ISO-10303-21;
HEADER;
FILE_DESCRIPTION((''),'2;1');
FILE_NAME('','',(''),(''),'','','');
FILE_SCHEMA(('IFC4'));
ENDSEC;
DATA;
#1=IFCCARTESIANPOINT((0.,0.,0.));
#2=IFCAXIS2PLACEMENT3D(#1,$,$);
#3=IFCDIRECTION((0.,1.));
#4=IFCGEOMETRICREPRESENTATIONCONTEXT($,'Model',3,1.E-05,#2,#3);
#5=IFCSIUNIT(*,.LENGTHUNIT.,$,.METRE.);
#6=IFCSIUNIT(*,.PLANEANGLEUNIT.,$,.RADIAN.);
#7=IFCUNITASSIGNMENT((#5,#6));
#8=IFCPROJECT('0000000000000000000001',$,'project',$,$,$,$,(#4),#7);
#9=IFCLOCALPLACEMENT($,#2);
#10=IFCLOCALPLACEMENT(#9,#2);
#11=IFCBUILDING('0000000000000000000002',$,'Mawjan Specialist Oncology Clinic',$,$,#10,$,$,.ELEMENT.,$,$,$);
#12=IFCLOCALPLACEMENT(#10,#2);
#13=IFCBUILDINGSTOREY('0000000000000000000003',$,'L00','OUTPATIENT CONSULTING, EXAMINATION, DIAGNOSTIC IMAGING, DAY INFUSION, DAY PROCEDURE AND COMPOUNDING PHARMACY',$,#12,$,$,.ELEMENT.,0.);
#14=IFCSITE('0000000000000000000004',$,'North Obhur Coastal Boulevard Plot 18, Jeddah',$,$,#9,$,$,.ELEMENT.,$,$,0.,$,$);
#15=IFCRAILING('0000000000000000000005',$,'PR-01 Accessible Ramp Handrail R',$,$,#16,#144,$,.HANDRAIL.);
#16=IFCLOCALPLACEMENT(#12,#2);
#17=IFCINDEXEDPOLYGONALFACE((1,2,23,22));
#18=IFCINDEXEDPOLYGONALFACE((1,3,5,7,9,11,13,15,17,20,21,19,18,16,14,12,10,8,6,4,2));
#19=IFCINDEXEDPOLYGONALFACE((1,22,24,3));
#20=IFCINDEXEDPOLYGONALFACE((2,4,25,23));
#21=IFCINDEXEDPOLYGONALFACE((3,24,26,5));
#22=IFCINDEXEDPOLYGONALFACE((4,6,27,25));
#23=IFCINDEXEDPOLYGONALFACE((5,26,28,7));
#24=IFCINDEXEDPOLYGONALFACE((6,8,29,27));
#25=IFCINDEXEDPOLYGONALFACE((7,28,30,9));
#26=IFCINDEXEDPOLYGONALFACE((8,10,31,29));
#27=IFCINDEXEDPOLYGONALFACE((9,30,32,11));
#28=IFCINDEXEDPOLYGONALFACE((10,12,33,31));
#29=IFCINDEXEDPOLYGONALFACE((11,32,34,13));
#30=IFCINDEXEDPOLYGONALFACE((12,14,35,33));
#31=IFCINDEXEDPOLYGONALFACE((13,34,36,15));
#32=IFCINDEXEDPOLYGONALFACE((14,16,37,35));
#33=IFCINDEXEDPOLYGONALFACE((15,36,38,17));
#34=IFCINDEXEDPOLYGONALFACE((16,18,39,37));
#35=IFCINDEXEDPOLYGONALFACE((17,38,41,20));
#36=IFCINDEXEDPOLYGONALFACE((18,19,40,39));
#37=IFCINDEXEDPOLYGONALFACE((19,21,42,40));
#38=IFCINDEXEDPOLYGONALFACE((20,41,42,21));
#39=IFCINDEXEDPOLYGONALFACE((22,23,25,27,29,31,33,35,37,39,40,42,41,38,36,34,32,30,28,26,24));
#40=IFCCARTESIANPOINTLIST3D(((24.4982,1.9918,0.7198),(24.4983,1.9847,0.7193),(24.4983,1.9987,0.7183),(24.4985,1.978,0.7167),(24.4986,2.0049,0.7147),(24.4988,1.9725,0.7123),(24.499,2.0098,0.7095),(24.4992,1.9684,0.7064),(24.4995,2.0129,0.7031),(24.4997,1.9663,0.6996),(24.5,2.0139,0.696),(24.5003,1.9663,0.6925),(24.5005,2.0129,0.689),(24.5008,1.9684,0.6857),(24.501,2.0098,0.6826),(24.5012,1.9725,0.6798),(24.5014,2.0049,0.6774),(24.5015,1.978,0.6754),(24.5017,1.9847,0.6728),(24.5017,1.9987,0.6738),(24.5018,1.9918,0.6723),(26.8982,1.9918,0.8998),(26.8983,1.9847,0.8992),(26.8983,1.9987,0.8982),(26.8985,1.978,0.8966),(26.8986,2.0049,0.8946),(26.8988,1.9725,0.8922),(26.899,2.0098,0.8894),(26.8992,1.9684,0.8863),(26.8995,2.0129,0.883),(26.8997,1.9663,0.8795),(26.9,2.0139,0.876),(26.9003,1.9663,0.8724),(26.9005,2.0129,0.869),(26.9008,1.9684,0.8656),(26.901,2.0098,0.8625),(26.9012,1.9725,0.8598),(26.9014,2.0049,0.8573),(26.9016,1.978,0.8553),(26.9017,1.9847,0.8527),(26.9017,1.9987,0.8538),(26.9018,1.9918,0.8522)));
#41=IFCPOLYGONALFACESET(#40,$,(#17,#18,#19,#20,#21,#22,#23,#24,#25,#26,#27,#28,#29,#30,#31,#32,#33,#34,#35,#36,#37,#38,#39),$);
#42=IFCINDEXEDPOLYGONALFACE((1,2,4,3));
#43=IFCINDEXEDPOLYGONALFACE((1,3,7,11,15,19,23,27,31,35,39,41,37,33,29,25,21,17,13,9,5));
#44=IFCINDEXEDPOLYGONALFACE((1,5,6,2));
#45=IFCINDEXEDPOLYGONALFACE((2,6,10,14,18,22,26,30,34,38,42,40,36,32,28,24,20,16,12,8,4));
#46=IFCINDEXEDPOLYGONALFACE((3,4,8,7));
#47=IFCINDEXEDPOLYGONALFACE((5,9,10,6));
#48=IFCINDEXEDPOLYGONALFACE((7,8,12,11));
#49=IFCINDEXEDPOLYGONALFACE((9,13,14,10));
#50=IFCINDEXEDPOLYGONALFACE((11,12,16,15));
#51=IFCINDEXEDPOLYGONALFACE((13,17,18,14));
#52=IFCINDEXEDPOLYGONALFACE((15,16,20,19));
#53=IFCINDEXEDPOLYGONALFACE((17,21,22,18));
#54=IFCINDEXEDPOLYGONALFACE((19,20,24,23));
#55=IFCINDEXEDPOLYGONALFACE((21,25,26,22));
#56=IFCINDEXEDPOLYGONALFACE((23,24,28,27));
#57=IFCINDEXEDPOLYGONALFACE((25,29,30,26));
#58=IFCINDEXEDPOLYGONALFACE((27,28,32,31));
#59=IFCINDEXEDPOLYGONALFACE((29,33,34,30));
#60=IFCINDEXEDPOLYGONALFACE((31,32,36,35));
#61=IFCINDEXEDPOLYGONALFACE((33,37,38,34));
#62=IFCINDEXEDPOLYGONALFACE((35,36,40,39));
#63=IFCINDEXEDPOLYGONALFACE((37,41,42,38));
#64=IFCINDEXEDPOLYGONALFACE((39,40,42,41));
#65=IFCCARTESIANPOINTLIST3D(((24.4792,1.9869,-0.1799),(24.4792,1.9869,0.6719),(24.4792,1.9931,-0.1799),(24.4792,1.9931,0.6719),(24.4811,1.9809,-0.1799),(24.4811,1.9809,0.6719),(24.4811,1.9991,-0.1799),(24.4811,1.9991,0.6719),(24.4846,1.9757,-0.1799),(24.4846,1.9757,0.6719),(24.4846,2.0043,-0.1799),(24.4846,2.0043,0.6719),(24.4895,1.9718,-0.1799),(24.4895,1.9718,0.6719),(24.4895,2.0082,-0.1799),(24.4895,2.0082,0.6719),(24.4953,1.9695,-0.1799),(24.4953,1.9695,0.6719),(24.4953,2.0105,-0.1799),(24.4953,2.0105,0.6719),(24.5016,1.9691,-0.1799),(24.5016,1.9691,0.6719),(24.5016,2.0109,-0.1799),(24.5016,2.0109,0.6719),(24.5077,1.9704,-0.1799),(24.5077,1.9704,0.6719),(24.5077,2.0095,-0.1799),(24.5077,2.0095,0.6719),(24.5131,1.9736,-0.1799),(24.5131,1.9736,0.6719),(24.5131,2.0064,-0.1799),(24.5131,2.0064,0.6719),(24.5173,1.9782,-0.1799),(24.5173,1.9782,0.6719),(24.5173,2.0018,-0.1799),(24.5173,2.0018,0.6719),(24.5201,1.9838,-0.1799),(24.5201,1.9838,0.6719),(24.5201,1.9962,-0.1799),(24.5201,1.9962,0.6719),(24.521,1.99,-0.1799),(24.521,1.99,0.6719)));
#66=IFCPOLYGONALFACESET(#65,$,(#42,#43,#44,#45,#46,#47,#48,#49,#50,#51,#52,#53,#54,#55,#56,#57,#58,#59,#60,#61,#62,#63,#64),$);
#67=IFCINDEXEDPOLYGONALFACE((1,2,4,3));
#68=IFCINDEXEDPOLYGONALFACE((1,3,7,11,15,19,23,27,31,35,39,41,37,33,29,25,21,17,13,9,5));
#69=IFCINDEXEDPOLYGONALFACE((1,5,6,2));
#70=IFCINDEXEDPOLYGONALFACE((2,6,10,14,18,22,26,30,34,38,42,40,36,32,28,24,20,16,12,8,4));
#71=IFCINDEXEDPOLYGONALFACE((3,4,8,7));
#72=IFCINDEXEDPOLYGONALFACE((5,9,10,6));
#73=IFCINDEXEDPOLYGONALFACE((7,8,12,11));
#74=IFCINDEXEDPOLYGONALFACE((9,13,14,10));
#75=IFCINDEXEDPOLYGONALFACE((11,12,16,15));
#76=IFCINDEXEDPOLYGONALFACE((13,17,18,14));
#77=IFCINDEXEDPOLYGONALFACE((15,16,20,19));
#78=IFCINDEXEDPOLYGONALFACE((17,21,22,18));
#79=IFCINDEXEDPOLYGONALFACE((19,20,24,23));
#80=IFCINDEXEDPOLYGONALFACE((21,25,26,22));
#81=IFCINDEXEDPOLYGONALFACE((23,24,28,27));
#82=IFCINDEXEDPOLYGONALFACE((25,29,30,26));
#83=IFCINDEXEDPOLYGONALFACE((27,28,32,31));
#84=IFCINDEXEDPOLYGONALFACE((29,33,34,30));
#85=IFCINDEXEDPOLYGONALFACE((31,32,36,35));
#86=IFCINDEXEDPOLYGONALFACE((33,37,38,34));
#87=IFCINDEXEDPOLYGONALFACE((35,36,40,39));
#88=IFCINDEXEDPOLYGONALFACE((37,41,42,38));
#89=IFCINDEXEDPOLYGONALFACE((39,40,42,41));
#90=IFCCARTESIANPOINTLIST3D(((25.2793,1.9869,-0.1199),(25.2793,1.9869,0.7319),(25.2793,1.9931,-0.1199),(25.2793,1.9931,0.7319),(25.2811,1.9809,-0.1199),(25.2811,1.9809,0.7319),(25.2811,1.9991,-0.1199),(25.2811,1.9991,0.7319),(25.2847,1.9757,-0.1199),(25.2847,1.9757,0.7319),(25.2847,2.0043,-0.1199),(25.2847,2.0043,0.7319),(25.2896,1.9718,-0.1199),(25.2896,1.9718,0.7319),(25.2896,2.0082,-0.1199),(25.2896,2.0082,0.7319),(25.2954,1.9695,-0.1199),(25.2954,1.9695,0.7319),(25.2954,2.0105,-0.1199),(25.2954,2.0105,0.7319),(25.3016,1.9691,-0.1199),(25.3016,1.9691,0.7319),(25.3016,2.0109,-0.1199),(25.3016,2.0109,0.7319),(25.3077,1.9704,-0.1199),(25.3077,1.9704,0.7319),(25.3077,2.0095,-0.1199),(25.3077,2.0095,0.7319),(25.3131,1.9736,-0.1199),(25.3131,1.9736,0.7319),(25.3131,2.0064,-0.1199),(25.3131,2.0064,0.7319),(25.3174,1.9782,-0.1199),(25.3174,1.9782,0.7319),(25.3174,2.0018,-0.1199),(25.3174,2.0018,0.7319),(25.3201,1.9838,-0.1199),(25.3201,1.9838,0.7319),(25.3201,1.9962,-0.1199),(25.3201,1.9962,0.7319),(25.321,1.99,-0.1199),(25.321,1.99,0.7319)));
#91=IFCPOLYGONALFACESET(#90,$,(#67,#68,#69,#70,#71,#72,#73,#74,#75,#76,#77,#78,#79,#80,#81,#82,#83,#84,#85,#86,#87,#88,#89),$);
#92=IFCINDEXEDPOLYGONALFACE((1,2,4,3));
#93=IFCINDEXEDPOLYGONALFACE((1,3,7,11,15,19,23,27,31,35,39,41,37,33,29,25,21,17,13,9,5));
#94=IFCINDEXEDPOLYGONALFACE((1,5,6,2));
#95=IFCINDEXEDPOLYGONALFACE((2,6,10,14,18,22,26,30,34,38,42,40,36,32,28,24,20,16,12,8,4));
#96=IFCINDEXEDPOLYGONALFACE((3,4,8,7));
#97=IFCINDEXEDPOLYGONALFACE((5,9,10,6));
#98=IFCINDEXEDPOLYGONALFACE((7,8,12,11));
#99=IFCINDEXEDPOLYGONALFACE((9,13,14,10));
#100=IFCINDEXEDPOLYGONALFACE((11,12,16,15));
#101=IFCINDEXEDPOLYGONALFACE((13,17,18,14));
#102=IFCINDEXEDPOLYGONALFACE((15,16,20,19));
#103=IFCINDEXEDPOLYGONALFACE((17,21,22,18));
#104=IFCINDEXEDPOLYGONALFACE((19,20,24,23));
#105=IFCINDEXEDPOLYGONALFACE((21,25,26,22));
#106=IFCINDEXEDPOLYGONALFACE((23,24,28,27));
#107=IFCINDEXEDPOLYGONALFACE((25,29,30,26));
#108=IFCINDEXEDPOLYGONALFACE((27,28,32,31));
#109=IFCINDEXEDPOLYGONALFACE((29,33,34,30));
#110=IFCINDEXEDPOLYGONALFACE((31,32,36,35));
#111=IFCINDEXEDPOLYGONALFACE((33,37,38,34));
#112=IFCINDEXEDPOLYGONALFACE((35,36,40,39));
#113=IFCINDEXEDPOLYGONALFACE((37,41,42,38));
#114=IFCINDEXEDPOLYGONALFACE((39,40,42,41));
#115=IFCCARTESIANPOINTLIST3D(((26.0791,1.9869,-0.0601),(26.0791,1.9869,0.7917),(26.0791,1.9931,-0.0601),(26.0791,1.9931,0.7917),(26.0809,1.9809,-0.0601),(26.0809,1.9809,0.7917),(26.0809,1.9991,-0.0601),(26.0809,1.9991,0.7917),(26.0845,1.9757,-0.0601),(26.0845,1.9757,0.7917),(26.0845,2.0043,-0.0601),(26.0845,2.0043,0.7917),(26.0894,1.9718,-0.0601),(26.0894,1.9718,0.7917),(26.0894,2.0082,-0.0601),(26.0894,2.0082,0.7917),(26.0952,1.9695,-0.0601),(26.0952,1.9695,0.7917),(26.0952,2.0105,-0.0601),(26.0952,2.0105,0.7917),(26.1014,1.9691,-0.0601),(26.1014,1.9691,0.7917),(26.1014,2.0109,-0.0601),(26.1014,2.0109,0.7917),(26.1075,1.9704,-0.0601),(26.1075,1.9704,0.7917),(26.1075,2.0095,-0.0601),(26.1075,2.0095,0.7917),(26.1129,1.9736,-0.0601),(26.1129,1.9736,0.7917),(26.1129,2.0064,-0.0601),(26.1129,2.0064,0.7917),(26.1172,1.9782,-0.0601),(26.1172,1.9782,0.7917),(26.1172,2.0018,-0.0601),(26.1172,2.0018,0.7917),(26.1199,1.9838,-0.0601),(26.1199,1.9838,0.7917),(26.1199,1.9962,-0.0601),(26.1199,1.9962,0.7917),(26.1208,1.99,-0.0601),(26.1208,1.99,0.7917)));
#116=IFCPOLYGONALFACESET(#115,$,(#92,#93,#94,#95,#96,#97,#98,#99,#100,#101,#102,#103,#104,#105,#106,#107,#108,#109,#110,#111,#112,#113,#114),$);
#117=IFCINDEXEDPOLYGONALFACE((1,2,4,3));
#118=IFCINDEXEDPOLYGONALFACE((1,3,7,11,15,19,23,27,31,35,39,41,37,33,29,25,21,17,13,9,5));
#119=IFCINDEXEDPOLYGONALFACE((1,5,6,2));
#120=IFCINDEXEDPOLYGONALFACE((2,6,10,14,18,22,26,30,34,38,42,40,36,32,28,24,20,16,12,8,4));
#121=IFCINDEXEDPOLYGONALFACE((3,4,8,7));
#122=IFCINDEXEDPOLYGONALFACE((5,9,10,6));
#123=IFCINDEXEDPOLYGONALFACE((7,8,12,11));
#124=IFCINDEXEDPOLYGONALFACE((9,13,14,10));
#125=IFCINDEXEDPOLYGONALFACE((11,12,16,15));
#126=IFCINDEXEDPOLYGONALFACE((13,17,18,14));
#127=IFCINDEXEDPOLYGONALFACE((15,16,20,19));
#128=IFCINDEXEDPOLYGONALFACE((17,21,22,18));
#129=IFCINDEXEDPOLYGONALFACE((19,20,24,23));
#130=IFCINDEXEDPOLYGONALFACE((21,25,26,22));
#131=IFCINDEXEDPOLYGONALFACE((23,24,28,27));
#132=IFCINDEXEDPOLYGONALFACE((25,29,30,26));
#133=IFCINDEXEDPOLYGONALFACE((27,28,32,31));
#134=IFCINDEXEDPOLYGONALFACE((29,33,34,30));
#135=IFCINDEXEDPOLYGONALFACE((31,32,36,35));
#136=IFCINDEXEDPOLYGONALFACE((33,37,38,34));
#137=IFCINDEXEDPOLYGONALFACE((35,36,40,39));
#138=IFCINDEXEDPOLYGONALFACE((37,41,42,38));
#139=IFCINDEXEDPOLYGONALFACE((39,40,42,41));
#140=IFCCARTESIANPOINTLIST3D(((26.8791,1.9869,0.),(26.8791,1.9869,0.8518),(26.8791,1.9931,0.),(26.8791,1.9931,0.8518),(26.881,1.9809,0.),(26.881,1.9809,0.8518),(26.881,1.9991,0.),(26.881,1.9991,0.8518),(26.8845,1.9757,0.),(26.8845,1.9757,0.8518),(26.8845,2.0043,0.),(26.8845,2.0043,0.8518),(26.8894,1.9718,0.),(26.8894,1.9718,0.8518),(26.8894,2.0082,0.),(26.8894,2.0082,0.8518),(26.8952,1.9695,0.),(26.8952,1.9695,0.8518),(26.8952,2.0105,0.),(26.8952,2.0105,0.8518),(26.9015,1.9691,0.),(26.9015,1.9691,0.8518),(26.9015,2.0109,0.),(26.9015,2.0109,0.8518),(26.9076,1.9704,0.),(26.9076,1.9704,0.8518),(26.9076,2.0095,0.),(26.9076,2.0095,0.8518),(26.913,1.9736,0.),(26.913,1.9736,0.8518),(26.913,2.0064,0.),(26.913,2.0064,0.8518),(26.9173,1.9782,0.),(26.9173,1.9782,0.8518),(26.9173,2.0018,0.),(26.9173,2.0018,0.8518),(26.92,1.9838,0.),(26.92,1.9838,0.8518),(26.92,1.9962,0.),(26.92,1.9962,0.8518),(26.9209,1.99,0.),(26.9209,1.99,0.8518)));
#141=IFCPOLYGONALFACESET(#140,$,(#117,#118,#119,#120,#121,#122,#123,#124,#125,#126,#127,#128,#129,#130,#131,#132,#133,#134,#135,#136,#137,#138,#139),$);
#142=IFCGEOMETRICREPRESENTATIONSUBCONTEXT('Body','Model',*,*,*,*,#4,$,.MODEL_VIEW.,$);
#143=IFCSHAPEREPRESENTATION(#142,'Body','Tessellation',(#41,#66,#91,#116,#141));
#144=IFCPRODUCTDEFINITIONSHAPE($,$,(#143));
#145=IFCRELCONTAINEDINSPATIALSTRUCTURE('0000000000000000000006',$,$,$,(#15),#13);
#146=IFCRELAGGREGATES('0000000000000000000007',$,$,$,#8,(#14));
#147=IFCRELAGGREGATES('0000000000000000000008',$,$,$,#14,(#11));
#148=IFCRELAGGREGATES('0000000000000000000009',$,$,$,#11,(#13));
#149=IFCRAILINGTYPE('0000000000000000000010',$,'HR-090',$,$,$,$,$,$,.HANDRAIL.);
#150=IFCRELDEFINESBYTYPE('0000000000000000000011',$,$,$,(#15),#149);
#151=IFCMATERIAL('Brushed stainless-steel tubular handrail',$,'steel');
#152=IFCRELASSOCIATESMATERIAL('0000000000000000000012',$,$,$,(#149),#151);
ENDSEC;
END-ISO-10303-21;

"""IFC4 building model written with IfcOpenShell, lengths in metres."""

from ifc_helpers import new_model, si_unit, direction, frame, origin, origin_2d, place, context, subcontext, project, spatial, circle, extrude, material, type_object, element, save


model = new_model("IFC4")

# Units and contexts
model_context = context("Model", 3, precision=1e-05, world=origin(), true_north=direction((0.0, 1.0)))
body_context = subcontext(model_context, "Body", "Model", "MODEL_VIEW")
ifc_project = project(units=[si_unit("LENGTHUNIT", "METRE"), si_unit("PLANEANGLEUNIT", "RADIAN")], contexts=[model_context])

# Site, building, storey
site_placement = place(None, origin())
site = spatial("IfcSite", under=ifc_project, at=site_placement, Name="North Obhur Coastal Boulevard Plot 18, Jeddah", CompositionType="ELEMENT", RefElevation=0.0)
building_placement = place(site_placement, origin())
building = spatial("IfcBuilding", under=site, at=building_placement, Name="Mawjan Specialist Oncology Clinic", CompositionType="ELEMENT")
storey_placement = place(building_placement, origin())
storey = spatial("IfcBuildingStorey", under=building, at=storey_placement, Name="L00", Description="OUTPATIENT CONSULTING, EXAMINATION, DIAGNOSTIC IMAGING, DAY INFUSION, DAY PROCEDURE AND COMPOUNDING PHARMACY", CompositionType="ELEMENT", Elevation=0.0)

# Railing
ifc_material_1 = material(Name="Brushed stainless-steel tubular handrail", Category="steel")
railing_type = type_object("IfcRailingType", Name="HR-090", PredefinedType="HANDRAIL", material=ifc_material_1)
for number, where, name in (
    (1, (24.5, 1.99, -0.1799), "PR-01 Accessible Ramp Handrail R"),
):
    element("IfcRailing", number, at=place(storey_placement, frame(where)), inside=storey, type_object=railing_type, Name=name, PredefinedType="HANDRAIL", context=body_context, shape_type="SweptSolid", body=[
        extrude(circle(Radius=0.0239, at=origin_2d()), frame((0.0, 0.0, 0.876), z_axis=(0.997201, 0.0, 0.074765), x_axis=(0.0, 1.0, 0.0)), (0.0, 0.0, 1.0), 2.4067),
        extrude(circle(Radius=0.021, at=origin_2d()), origin(), (0.0, 0.0, 1.0), 0.8518),
        extrude(circle(Radius=0.021, at=origin_2d()), frame((0.8, 0.0, 0.0601)), (0.0, 0.0, 1.0), 0.8518),
        extrude(circle(Radius=0.021, at=origin_2d()), frame((1.5999, 0.0, 0.1199)), (0.0, 0.0, 1.0), 0.8518),
        extrude(circle(Radius=0.021, at=origin_2d()), frame((2.3999, 0.0, 0.1799)), (0.0, 0.0, 1.0), 0.8518),
    ])

save(model, "model.ifc")
